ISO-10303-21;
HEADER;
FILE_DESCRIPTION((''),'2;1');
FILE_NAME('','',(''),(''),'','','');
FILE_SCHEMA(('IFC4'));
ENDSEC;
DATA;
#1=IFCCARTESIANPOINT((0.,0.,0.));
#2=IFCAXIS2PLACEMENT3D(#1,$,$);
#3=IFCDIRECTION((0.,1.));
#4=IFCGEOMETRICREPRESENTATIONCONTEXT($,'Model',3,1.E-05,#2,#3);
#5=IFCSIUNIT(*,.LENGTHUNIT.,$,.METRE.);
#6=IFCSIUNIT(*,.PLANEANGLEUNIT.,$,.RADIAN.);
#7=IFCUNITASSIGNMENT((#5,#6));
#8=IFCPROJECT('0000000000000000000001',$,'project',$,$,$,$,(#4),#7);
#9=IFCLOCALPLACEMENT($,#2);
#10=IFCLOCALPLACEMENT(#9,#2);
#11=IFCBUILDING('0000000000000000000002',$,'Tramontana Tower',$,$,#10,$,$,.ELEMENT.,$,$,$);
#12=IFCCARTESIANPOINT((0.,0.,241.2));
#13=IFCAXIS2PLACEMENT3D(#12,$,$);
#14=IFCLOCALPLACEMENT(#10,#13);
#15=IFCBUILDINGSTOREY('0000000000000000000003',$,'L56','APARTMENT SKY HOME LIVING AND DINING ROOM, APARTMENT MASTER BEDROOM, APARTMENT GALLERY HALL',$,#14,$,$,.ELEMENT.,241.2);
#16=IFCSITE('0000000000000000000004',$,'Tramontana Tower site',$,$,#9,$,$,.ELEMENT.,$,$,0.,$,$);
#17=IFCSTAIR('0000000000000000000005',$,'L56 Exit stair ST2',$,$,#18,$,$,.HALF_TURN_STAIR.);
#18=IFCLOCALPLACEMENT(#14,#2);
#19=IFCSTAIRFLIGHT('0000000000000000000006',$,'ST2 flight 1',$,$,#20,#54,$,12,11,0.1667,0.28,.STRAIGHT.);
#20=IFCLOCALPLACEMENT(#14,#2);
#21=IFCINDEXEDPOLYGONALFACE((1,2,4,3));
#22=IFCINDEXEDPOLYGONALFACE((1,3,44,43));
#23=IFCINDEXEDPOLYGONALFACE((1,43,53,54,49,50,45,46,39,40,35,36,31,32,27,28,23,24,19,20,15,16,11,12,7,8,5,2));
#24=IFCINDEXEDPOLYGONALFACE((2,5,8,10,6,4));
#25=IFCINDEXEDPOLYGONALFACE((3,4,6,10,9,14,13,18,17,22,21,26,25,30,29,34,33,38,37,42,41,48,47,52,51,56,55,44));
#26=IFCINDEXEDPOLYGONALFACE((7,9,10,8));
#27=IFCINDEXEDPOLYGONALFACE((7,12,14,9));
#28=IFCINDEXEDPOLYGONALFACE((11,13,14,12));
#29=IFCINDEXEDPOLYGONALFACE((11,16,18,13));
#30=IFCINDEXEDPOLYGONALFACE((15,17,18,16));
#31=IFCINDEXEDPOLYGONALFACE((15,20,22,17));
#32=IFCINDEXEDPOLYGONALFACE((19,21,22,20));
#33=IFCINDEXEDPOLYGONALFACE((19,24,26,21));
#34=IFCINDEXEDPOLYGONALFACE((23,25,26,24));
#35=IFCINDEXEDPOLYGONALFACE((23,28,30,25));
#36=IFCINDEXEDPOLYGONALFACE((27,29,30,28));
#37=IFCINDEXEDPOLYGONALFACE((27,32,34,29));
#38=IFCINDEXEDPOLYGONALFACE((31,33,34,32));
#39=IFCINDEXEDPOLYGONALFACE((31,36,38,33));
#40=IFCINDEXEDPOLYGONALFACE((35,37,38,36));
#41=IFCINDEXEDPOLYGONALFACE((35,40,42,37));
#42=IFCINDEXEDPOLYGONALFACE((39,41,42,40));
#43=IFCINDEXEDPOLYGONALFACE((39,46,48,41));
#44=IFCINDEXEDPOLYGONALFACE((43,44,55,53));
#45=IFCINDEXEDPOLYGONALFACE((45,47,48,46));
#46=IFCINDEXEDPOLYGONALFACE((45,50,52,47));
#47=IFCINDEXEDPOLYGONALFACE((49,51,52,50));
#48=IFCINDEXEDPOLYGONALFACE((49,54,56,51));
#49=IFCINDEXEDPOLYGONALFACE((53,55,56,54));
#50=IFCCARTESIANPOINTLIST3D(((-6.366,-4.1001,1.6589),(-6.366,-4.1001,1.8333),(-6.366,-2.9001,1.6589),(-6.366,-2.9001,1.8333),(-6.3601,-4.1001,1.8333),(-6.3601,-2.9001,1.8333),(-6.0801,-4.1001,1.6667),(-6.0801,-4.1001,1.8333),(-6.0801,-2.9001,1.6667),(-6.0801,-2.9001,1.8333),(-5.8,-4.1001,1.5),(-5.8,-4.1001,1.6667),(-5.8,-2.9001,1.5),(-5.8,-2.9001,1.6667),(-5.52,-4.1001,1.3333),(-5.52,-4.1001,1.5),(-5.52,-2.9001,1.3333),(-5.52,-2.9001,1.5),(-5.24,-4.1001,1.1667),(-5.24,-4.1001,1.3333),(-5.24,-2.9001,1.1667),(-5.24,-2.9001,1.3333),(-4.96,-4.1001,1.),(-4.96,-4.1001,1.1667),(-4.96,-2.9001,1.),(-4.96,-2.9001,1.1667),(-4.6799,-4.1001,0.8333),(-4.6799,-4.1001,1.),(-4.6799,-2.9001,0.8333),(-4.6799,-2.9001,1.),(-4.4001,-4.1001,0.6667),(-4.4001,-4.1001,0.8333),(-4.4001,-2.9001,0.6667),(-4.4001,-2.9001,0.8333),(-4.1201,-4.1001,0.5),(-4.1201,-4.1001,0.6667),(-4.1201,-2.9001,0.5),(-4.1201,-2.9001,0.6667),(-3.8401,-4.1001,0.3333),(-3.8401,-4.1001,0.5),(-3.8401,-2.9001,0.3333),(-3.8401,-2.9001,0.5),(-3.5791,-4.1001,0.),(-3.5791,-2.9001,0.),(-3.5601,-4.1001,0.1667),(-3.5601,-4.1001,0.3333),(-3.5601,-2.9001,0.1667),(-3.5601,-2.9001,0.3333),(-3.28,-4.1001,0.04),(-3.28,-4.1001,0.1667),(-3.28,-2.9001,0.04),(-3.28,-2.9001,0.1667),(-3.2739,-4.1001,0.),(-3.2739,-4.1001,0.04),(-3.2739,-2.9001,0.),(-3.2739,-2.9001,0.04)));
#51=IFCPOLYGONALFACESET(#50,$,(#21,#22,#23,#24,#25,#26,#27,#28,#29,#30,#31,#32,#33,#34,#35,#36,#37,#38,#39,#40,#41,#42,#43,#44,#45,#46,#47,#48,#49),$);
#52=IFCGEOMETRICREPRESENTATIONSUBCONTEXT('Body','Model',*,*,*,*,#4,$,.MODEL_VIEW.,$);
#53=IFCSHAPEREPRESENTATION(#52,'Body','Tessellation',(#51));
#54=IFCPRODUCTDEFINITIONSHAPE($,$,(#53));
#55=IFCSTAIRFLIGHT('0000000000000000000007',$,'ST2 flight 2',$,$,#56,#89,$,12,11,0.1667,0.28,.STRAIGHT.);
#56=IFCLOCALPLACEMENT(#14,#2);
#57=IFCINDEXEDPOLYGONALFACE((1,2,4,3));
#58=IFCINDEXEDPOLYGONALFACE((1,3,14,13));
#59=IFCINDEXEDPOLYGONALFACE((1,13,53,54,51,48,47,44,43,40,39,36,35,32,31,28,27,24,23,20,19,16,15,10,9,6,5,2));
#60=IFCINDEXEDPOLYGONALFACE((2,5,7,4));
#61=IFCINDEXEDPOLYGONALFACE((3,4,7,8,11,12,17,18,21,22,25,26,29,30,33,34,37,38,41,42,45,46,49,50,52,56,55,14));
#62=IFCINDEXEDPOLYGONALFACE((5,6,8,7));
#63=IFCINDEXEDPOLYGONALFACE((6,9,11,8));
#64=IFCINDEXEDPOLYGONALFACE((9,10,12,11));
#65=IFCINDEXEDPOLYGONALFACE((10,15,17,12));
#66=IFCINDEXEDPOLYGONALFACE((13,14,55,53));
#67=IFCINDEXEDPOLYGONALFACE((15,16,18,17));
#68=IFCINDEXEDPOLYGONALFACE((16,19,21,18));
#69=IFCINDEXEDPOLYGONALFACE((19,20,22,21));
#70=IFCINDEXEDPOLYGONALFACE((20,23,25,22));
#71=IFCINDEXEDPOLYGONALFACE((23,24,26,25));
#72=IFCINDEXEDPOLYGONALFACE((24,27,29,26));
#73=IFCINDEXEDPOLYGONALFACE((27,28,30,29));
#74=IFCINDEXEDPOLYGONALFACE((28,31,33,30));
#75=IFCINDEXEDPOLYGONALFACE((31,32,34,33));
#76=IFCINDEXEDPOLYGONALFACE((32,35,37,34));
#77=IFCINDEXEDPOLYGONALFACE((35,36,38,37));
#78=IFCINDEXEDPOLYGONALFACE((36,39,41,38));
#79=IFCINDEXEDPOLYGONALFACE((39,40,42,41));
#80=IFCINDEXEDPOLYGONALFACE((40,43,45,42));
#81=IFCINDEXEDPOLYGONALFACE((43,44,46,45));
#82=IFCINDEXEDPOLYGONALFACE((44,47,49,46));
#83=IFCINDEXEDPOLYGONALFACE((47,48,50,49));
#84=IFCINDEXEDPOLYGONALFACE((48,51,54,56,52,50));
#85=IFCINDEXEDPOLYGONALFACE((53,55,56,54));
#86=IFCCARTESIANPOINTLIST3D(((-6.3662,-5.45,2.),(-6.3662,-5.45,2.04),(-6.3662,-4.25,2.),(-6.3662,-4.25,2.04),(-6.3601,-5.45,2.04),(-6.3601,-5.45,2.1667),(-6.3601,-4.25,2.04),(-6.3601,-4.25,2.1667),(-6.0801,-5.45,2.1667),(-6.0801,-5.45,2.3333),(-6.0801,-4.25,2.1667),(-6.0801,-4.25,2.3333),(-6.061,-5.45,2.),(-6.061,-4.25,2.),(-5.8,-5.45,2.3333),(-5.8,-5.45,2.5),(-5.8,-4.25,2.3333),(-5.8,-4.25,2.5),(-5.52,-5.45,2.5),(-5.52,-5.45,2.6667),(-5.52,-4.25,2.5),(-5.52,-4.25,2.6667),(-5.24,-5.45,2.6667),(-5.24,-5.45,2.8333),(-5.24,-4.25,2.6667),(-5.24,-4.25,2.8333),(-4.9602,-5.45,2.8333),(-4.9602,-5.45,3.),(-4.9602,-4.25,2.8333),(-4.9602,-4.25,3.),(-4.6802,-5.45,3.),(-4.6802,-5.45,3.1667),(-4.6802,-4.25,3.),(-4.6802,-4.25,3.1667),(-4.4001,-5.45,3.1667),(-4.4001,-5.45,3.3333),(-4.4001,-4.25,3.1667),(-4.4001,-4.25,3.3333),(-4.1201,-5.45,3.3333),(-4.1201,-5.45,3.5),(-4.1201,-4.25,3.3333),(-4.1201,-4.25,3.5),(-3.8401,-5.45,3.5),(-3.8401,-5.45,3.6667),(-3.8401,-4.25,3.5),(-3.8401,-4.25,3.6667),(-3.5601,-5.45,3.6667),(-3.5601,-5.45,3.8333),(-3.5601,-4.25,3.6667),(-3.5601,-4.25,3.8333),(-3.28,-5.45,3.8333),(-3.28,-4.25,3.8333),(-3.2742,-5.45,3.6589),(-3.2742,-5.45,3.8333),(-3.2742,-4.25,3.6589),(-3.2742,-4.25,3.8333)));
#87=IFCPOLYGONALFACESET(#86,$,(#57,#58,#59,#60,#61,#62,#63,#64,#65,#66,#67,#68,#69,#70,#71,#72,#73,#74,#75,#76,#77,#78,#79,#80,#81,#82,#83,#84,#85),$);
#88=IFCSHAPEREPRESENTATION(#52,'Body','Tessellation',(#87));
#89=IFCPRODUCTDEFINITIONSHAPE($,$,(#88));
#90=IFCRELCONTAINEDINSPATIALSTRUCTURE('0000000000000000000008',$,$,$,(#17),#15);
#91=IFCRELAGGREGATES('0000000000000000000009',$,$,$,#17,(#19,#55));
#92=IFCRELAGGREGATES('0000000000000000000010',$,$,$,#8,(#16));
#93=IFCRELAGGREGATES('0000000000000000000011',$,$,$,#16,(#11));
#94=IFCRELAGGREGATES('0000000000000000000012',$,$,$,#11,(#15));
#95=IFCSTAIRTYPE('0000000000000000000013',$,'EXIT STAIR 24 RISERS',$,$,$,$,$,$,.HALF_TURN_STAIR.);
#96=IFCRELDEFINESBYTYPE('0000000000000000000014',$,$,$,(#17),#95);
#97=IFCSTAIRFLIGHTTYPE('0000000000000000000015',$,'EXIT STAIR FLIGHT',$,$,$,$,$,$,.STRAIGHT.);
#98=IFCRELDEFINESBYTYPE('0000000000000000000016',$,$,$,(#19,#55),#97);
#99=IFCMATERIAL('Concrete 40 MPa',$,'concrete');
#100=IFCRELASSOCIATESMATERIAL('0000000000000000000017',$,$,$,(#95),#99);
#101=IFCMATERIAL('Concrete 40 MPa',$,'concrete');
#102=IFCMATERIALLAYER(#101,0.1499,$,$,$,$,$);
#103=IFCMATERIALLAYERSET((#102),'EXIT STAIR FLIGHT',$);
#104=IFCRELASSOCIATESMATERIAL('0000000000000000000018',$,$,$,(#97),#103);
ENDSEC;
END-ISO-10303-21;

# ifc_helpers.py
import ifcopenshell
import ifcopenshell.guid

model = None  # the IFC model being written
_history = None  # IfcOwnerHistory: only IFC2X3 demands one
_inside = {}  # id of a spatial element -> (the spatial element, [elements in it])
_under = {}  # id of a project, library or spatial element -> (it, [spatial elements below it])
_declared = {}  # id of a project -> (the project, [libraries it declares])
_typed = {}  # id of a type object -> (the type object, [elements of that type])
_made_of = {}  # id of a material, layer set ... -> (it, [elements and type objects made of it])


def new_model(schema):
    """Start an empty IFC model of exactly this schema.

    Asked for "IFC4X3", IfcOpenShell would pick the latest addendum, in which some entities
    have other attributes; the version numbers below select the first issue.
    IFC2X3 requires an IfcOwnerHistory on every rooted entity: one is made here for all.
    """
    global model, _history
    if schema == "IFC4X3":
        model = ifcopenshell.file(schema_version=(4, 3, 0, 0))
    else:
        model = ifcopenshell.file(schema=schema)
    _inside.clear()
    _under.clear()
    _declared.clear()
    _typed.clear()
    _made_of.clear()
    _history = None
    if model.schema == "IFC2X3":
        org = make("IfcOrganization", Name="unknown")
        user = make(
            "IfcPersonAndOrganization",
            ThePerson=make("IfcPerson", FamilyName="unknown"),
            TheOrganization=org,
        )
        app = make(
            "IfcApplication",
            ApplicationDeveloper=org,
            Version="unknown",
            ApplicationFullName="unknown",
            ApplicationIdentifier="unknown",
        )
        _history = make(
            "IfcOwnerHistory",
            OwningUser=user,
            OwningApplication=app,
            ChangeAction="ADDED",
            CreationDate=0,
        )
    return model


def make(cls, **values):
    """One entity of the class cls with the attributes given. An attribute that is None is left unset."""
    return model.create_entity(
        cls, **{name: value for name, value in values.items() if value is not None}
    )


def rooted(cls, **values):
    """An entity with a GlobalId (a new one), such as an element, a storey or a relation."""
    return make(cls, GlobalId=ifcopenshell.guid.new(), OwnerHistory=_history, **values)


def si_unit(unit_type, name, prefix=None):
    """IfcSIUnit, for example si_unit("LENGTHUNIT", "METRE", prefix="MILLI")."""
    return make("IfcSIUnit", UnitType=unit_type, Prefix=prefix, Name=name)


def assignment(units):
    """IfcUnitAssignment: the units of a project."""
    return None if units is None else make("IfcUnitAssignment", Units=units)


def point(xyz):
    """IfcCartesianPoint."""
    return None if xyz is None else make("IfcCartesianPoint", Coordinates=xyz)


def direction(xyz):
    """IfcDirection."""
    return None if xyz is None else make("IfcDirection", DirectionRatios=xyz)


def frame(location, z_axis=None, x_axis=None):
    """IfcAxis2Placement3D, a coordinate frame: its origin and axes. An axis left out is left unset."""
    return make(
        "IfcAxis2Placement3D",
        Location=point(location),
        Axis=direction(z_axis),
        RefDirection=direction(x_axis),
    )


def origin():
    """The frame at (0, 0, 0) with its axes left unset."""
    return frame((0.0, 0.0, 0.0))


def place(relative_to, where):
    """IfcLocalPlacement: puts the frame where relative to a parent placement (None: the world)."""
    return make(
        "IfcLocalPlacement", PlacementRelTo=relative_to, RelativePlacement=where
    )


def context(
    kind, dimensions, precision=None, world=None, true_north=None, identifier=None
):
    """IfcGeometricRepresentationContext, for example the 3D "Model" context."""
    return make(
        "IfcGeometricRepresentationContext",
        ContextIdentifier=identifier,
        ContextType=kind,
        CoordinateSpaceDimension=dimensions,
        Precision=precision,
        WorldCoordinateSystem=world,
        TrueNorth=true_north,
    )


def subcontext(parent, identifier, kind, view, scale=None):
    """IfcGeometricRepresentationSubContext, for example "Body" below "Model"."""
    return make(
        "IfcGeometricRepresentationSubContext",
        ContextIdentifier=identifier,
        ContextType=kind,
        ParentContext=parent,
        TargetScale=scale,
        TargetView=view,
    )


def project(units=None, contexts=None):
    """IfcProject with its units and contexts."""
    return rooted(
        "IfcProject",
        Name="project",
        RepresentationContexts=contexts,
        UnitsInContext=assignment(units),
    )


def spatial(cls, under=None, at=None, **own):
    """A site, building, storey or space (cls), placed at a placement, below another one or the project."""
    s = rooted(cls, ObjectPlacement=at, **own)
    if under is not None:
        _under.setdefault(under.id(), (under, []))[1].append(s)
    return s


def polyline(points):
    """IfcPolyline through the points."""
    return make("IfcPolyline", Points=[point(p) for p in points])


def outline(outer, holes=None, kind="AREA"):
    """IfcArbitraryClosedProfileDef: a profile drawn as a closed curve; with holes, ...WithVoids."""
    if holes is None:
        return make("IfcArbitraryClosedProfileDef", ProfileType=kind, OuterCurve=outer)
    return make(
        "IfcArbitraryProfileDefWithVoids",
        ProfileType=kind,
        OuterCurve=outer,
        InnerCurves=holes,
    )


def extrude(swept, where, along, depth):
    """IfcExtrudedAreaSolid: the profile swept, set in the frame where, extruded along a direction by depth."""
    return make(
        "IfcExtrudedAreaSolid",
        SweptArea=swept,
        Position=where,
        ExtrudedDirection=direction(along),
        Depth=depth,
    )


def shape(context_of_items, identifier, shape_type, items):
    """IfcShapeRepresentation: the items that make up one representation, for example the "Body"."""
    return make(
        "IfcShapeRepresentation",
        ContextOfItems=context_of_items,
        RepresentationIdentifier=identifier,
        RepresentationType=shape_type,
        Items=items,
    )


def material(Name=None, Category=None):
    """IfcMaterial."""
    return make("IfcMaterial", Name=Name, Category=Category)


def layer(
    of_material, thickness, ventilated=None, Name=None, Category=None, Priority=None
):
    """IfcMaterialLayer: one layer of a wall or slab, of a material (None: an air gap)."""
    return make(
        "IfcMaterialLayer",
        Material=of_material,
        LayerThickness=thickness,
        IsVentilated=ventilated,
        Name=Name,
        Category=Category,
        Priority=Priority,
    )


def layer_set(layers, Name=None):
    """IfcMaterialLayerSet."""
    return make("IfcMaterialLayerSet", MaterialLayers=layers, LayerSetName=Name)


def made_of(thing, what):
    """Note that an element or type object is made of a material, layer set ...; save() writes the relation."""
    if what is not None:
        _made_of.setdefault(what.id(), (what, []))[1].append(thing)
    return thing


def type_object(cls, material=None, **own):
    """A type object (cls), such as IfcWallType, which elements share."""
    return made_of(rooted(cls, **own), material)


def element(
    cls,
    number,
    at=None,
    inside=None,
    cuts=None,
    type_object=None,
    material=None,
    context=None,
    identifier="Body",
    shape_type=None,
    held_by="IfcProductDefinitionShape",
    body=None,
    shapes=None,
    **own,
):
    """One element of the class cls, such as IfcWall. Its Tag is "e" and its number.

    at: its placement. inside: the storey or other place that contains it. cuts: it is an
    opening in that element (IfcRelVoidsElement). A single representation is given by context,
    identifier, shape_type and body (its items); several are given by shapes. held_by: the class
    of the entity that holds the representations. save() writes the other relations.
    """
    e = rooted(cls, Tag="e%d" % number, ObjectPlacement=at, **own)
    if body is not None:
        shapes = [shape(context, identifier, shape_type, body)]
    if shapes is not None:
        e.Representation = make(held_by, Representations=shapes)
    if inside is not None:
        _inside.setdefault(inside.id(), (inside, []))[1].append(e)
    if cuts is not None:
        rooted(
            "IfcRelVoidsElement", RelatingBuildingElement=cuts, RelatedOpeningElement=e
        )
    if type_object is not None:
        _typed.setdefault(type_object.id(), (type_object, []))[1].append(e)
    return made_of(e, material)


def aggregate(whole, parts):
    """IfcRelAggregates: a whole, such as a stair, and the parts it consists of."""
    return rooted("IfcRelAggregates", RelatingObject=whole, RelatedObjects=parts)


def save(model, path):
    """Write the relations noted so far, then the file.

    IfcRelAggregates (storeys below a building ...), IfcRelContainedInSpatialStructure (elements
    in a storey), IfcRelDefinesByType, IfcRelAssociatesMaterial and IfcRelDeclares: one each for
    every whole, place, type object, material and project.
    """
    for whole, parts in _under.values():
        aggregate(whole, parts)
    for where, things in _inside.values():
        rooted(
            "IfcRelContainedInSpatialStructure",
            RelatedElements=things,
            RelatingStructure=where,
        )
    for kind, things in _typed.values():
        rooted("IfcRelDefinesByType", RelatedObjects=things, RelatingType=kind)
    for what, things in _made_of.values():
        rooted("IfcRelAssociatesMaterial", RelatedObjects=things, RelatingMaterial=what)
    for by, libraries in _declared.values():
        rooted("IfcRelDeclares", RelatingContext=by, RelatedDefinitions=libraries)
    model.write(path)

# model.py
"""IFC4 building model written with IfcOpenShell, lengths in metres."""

from ifc_helpers import new_model, si_unit, direction, frame, origin, place, context, subcontext, project, spatial, polyline, outline, extrude, material, layer, layer_set, type_object, element, aggregate, save


model = new_model("IFC4")

# Units and contexts
model_context = context("Model", 3, precision=1e-05, world=origin(), true_north=direction((0.0, 1.0)))
body_context = subcontext(model_context, "Body", "Model", "MODEL_VIEW")
ifc_project = project(units=[si_unit("LENGTHUNIT", "METRE"), si_unit("PLANEANGLEUNIT", "RADIAN")], contexts=[model_context])

# Site, building, storey
site_placement = place(None, origin())
site = spatial("IfcSite", under=ifc_project, at=site_placement, Name="Tramontana Tower site", CompositionType="ELEMENT", RefElevation=0.0)
building_placement = place(site_placement, origin())
building = spatial("IfcBuilding", under=site, at=building_placement, Name="Tramontana Tower", CompositionType="ELEMENT")
storey_placement = place(building_placement, frame((0.0, 0.0, 241.2)))
storey = spatial("IfcBuildingStorey", under=building, at=storey_placement, Name="L56", Description="APARTMENT SKY HOME LIVING AND DINING ROOM, APARTMENT MASTER BEDROOM, APARTMENT GALLERY HALL", CompositionType="ELEMENT", Elevation=241.2)

# Stair, stair flights
ifc_material_1 = material(Name="Concrete 40 MPa", Category="concrete")
stair_type = type_object("IfcStairType", Name="EXIT STAIR 24 RISERS", PredefinedType="HALF_TURN_STAIR", material=ifc_material_1)
stair_placement = place(storey_placement, origin())
stair = element("IfcStair", 1, at=stair_placement, inside=storey, type_object=stair_type, Name="L56 Exit stair ST2", PredefinedType="HALF_TURN_STAIR")
ifc_material_2 = material(Name="Concrete 40 MPa", Category="concrete")
ifc_layer_1 = layer(ifc_material_2, 0.1499)
ifc_layer_set_1 = layer_set([ifc_layer_1], Name="EXIT STAIR FLIGHT")
stair_flight_type = type_object("IfcStairFlightType", Name="EXIT STAIR FLIGHT", PredefinedType="STRAIGHT", material=ifc_layer_set_1)
stair_flight_1_placement = place(storey_placement, frame((-3.28, -3.5, 0.0), z_axis=(0.0, 0.0, 1.0), x_axis=(-1.0, 0.0, 0.0)))
stair_flight_1 = element("IfcStairFlight", 2, at=stair_flight_1_placement, type_object=stair_flight_type, Name="ST2 flight 1", NumberOfRisers=12, NumberOfTreads=11, PredefinedType="STRAIGHT", RiserHeight=0.1667, TreadLength=0.28, context=body_context, shape_type="SweptSolid", body=[
    extrude(outline(polyline([(-0.0061, 0.0), (-0.0061, 0.04), (0.0, 0.04), (0.0, 0.1667), (0.28, 0.1667), (0.28, 0.3333), (0.5601, 0.3333), (0.5601, 0.5), (0.8401, 0.5), (0.8401, 0.6667), (1.1201, 0.6667), (1.1201, 0.8333), (1.3999, 0.8333), (1.3999, 1.0), (1.6799, 1.0), (1.6799, 1.1667), (1.96, 1.1667), (1.96, 1.3333), (2.24, 1.3333), (2.24, 1.5), (2.52, 1.5), (2.52, 1.6667), (2.8, 1.6667), (2.8, 1.8333), (3.0801, 1.8333), (3.0859, 1.8333), (3.0859, 1.6589), (0.2991, 0.0), (-0.0061, 0.0)])), frame((0.0, 0.6001, 0.0), z_axis=(0.0, -1.0, 0.0), x_axis=(1.0, 0.0, 0.0)), (0.0, 0.0, 1.0), 1.2),
])
stair_flight_2_placement = place(storey_placement, frame((-6.3601, -4.8501, 2.0), z_axis=(0.0, 0.0, 1.0), x_axis=(1.0, 0.0, 0.0)))
stair_flight_2 = element("IfcStairFlight", 3, at=stair_flight_2_placement, type_object=stair_flight_type, Name="ST2 flight 2", NumberOfRisers=12, NumberOfTreads=11, PredefinedType="STRAIGHT", RiserHeight=0.1667, TreadLength=0.28, context=body_context, shape_type="SweptSolid", body=[
    extrude(outline(polyline([(-0.0061, 0.0), (-0.0061, 0.04), (0.0, 0.04), (0.0, 0.1667), (0.28, 0.1667), (0.28, 0.3333), (0.5601, 0.3333), (0.5601, 0.5), (0.8401, 0.5), (0.8401, 0.6667), (1.1201, 0.6667), (1.1201, 0.8333), (1.3999, 0.8333), (1.3999, 1.0), (1.6799, 1.0), (1.6799, 1.1667), (1.96, 1.1667), (1.96, 1.3333), (2.24, 1.3333), (2.24, 1.5), (2.52, 1.5), (2.52, 1.6667), (2.8, 1.6667), (2.8, 1.8333), (3.0801, 1.8333), (3.0859, 1.8333), (3.0859, 1.6589), (0.2991, 0.0), (-0.0061, 0.0)])), frame((0.0, 0.6001, 0.0), z_axis=(0.0, -1.0, 0.0), x_axis=(1.0, 0.0, 0.0)), (0.0, 0.0, 1.0), 1.2),
])
aggregate(stair, [stair_flight_1, stair_flight_2])

save(model, "model.ifc")
